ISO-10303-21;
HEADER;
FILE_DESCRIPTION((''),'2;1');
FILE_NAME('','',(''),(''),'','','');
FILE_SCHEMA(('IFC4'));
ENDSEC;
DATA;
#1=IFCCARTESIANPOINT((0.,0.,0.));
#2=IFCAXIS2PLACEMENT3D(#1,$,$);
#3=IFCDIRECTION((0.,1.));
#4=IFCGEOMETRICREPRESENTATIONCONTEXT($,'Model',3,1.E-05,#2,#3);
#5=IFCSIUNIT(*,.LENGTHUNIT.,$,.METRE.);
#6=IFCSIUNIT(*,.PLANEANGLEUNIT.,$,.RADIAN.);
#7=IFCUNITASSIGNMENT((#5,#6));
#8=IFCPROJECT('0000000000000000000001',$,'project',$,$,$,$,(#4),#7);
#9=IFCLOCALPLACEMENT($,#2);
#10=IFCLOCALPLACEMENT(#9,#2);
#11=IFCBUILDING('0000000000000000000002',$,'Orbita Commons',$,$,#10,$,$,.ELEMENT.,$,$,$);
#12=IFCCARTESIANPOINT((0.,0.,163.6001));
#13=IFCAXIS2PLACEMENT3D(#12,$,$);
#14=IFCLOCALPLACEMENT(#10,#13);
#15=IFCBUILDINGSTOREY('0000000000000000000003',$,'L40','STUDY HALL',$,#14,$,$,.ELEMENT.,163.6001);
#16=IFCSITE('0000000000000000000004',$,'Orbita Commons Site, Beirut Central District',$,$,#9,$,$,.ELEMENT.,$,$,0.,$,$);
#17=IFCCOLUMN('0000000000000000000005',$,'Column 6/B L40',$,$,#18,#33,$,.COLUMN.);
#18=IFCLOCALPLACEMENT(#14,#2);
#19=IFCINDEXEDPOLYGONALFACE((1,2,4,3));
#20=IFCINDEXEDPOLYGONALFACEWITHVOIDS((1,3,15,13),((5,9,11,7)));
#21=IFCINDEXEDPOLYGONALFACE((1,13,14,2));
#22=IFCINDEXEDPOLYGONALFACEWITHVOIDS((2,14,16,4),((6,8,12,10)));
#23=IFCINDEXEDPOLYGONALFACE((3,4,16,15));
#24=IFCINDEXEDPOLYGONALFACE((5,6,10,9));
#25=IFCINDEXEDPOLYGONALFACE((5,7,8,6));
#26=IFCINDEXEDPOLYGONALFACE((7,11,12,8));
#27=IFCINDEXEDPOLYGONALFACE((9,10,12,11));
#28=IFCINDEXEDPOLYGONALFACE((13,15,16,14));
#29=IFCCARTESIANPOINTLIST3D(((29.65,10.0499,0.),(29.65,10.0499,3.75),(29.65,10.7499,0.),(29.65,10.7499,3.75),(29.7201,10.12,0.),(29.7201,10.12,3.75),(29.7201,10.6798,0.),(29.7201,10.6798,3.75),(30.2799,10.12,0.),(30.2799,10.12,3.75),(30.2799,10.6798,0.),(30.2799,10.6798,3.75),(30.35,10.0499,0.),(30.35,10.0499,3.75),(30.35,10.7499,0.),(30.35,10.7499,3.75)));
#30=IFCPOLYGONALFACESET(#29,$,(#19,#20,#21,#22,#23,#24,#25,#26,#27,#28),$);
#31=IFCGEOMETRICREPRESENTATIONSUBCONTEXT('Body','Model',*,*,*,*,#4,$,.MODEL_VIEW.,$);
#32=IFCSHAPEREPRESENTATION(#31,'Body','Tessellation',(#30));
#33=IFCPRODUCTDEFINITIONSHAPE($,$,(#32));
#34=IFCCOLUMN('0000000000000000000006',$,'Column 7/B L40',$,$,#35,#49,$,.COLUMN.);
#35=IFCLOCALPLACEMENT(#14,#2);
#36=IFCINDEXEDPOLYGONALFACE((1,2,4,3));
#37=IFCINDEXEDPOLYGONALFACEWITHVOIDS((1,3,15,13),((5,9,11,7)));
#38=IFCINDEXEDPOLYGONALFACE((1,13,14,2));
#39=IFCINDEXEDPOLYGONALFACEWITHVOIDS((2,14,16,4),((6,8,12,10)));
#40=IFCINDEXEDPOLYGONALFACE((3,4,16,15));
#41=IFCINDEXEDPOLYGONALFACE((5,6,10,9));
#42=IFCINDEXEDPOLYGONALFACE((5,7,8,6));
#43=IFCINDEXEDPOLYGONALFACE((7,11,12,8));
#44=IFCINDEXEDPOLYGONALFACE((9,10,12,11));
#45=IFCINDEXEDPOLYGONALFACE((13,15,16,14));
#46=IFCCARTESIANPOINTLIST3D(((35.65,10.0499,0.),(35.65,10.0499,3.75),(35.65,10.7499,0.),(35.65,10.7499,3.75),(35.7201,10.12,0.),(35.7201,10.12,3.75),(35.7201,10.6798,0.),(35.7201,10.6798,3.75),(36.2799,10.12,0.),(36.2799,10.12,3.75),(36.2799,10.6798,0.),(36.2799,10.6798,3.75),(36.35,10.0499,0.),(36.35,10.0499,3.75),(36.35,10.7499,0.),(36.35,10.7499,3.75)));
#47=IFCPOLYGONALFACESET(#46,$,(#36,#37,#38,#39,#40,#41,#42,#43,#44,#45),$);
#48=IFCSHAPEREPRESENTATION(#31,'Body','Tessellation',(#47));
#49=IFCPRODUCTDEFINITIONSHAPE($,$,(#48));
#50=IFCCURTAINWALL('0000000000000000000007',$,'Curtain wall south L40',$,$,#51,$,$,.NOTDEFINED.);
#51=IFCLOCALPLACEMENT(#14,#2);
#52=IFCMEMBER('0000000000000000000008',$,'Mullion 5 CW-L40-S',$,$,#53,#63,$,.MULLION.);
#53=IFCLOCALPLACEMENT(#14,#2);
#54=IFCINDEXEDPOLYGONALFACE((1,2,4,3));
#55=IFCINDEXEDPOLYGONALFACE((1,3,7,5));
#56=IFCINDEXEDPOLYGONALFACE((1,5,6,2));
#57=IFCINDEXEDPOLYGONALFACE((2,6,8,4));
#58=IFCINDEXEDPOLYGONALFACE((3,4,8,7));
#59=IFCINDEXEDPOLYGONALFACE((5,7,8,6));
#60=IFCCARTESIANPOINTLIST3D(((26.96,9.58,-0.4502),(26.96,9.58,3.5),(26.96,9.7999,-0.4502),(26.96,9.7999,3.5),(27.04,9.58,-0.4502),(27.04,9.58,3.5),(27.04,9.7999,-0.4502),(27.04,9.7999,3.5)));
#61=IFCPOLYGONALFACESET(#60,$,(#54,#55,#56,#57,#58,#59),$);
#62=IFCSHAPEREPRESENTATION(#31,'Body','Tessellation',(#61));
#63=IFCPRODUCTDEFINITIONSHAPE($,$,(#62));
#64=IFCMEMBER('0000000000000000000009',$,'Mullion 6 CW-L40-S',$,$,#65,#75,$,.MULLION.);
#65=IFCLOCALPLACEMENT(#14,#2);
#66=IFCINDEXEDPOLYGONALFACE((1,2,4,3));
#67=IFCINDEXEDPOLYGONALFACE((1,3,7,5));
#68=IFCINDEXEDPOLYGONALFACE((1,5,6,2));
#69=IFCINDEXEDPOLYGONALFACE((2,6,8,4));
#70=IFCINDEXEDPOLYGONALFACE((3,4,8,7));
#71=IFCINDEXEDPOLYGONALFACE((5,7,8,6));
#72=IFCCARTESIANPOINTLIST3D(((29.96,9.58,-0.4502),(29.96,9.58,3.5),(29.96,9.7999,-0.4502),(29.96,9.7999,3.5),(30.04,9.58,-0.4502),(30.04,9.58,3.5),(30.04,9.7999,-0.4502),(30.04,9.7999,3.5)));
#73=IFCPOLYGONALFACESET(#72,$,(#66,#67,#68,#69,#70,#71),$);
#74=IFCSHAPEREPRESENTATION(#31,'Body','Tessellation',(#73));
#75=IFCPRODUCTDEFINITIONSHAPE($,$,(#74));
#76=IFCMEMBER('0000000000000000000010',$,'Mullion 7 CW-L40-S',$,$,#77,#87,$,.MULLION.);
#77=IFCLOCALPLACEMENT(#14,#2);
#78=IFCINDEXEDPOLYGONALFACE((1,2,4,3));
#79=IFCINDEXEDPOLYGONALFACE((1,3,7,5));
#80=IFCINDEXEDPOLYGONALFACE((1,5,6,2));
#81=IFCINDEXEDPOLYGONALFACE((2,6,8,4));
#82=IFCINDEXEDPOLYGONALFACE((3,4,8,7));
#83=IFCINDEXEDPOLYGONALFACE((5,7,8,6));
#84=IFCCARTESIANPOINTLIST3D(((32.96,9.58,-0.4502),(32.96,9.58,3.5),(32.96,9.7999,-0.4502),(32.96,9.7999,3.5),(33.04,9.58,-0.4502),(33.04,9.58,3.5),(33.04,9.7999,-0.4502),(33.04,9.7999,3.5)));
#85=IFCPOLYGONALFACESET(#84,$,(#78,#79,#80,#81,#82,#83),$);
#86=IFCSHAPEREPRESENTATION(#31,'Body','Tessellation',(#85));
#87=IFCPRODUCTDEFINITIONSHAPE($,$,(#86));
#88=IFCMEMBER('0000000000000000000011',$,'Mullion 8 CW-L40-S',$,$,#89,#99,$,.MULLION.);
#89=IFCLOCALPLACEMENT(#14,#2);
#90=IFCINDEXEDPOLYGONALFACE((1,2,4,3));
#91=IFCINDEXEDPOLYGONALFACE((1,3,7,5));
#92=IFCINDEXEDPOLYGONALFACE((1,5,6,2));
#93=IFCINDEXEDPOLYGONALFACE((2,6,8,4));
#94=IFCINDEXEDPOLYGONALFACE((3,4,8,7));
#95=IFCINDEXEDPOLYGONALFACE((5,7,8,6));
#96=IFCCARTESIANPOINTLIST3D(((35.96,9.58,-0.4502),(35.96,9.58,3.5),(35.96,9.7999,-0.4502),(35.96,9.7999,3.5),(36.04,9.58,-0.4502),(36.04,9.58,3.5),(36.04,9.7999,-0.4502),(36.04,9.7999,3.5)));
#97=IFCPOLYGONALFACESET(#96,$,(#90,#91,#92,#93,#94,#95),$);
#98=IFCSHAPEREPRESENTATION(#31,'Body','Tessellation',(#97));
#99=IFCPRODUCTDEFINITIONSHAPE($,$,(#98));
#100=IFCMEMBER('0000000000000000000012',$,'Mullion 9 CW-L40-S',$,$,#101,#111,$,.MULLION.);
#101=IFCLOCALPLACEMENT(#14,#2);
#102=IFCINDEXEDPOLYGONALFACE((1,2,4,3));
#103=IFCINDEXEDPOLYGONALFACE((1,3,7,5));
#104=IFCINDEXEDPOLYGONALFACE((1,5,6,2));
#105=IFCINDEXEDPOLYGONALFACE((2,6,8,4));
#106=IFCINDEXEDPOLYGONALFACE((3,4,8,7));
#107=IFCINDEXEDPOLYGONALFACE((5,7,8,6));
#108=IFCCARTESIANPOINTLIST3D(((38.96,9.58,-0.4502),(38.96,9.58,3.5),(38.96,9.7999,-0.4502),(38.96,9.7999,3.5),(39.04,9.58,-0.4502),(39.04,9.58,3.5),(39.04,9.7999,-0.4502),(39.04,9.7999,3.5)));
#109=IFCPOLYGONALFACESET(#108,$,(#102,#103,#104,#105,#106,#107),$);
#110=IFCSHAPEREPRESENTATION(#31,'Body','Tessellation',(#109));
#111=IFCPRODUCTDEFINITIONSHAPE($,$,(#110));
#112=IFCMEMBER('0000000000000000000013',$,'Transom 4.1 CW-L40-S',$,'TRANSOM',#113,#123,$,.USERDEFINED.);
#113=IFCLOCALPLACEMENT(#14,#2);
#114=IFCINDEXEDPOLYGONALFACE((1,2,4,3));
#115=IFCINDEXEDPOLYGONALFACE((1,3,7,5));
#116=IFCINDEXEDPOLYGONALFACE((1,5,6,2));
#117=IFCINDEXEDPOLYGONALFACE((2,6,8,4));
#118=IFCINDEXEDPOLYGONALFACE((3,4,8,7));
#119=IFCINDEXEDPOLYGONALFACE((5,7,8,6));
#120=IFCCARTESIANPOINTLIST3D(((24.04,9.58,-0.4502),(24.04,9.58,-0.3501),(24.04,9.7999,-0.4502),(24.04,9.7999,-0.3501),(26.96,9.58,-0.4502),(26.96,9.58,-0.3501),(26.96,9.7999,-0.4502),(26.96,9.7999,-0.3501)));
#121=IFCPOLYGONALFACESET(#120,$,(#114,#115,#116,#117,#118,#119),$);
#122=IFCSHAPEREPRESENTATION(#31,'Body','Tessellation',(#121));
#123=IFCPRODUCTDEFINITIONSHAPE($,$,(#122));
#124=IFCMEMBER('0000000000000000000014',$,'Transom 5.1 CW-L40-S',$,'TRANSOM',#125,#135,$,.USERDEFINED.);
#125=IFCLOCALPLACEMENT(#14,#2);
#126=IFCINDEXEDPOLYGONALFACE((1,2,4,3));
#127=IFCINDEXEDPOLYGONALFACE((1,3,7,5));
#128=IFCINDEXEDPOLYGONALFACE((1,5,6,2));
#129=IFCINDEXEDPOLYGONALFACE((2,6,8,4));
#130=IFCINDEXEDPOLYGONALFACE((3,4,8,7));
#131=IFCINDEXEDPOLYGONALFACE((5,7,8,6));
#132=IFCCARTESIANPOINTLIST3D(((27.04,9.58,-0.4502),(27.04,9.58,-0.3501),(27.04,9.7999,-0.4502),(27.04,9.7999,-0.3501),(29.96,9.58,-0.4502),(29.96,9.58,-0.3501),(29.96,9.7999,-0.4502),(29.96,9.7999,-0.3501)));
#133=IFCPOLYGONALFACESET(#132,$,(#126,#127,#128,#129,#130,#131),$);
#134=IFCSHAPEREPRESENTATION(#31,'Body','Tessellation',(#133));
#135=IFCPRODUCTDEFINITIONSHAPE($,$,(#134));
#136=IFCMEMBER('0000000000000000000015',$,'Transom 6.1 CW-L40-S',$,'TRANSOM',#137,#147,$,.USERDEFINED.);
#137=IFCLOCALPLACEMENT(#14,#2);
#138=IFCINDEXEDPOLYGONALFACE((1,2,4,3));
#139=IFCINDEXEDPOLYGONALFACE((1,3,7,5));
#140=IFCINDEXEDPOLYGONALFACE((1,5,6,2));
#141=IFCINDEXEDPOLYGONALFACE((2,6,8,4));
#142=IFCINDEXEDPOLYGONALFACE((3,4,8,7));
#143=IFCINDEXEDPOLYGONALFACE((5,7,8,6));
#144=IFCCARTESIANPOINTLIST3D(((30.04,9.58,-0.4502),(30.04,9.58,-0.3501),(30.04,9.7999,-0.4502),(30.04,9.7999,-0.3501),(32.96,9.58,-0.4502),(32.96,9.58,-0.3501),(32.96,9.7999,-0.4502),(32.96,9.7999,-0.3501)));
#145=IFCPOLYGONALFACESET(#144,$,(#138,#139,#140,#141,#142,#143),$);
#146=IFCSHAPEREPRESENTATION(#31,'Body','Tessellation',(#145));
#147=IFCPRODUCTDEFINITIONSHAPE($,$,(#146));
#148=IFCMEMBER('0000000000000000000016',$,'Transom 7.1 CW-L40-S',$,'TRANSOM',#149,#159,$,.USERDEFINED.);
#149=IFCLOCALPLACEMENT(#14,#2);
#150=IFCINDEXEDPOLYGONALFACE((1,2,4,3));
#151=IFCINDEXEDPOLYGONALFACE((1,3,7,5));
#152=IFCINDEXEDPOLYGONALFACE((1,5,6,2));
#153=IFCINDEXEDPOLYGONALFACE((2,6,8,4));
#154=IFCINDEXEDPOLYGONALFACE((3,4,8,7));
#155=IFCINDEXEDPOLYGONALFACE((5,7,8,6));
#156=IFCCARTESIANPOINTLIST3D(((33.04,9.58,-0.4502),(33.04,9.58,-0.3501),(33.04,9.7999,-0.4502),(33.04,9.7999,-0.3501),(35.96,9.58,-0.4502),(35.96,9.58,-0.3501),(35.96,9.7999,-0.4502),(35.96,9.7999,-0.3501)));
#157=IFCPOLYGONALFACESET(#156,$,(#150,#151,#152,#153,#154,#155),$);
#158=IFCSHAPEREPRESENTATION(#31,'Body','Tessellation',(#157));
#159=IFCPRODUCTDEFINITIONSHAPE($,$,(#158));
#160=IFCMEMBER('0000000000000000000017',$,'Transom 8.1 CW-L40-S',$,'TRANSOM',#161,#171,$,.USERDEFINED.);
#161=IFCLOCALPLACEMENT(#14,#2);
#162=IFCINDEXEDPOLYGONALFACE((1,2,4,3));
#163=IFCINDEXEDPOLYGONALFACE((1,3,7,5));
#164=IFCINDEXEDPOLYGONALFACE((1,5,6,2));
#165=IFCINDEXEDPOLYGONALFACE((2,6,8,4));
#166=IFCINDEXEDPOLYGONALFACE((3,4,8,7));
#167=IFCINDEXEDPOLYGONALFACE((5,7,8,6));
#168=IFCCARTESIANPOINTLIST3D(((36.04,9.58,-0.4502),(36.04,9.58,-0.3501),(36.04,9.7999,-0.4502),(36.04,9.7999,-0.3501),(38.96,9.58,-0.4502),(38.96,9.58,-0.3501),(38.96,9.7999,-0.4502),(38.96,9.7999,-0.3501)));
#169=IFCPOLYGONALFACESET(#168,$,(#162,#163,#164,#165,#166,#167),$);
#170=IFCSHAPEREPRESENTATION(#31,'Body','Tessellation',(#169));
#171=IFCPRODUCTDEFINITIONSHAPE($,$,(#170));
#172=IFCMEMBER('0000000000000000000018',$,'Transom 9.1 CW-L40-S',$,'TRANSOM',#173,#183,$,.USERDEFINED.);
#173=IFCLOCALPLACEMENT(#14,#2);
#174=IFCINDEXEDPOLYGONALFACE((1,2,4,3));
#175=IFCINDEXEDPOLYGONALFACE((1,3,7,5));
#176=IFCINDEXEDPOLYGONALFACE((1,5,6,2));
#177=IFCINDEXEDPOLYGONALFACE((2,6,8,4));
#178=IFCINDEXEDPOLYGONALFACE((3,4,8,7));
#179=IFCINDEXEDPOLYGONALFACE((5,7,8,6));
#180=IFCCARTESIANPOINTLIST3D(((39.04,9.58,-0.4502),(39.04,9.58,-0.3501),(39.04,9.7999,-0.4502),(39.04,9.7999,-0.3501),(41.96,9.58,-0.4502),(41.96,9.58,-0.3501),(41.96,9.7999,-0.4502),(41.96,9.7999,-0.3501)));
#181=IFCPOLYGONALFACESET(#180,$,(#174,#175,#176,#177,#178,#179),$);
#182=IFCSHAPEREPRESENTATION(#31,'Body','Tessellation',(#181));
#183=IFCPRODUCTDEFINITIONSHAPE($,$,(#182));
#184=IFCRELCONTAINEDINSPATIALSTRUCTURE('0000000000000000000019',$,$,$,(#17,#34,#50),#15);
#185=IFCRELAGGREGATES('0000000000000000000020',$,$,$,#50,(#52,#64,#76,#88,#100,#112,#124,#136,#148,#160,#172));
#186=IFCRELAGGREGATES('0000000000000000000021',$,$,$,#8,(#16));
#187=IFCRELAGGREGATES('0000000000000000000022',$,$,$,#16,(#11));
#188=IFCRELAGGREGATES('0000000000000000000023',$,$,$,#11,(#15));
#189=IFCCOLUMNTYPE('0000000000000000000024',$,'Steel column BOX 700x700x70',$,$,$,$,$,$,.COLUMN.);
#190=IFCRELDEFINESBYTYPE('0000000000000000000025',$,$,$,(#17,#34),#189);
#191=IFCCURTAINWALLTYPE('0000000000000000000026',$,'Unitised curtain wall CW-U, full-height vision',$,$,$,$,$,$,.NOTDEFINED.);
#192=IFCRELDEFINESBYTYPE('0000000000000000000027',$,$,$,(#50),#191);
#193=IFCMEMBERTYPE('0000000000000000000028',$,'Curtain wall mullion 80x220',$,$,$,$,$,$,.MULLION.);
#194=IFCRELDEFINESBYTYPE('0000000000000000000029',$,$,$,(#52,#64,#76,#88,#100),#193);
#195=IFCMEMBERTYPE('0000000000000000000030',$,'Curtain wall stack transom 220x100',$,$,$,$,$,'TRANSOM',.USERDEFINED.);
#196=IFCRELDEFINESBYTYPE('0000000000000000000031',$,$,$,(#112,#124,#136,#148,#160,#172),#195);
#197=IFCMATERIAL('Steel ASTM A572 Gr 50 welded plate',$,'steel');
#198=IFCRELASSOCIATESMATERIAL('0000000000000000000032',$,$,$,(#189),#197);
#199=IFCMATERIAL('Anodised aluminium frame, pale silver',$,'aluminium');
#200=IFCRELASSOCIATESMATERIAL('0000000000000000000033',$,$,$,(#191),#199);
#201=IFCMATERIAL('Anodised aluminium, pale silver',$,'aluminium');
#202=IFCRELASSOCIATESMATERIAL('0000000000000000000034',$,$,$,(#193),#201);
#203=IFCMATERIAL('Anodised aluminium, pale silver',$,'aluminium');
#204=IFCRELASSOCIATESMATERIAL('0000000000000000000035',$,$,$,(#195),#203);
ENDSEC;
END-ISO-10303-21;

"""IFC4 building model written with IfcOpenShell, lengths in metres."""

from ifc_helpers import new_model, si_unit, direction, frame, origin, origin_2d, place, context, subcontext, project, spatial, rectangle, hollow_rectangle, extrude, material, material_profile, profile_set, type_object, element, aggregate, save


model = new_model("IFC4")

# Units and contexts
model_context = context("Model", 3, precision=1e-05, world=origin(), true_north=direction((0.0, 1.0)))
body_context = subcontext(model_context, "Body", "Model", "MODEL_VIEW")
ifc_project = project(units=[si_unit("LENGTHUNIT", "METRE"), si_unit("PLANEANGLEUNIT", "RADIAN")], contexts=[model_context])

# Site, building, storey
site_placement = place(None, origin())
site = spatial("IfcSite", under=ifc_project, at=site_placement, Name="Orbita Commons Site, Beirut Central District", CompositionType="ELEMENT", RefElevation=0.0)
building_placement = place(site_placement, origin())
building = spatial("IfcBuilding", under=site, at=building_placement, Name="Orbita Commons", CompositionType="ELEMENT")
storey_placement = place(building_placement, frame((0.0, 0.0, 163.6001)))
storey = spatial("IfcBuildingStorey", under=building, at=storey_placement, Name="L40", Description="STUDY HALL", CompositionType="ELEMENT", Elevation=163.6001)

# Columns
ifc_material_1 = material(Name="Steel ASTM A572 Gr 50 welded plate", Category="steel")
ifc_material_profile_1 = material_profile(ifc_material_1, hollow_rectangle(XDim=0.7, YDim=0.7, WallThickness=0.0701, at=origin_2d()), Name="BOX 700x700x70")
ifc_profile_set_1 = profile_set([ifc_material_profile_1], Name="Steel ASTM A572 Gr 50 welded plate")
column_type = type_object("IfcColumnType", Name="Steel column BOX 700x700x70", PredefinedType="COLUMN", material=ifc_profile_set_1)
for number, where, z_axis, x_axis, name in (
    (1, (30.0, 10.3999, 0.0), (0.0, 0.0, 1.0), (1.0, 0.0, 0.0), "Column 6/B L40"),
    (2, (36.0, 10.3999, 0.0), (0.0, 0.0, 1.0), (1.0, 0.0, 0.0), "Column 7/B L40"),
):
    element("IfcColumn", number, at=place(storey_placement, frame(where, z_axis=z_axis, x_axis=x_axis)), inside=storey, type_object=column_type, Name=name, PredefinedType="COLUMN", context=body_context, shape_type="SweptSolid", body=[
        extrude(hollow_rectangle(XDim=0.7, YDim=0.7, WallThickness=0.0701, at=origin_2d()), origin(), (0.0, 0.0, 1.0), 3.75),
    ])

# Curtain wall, members
ifc_material_2 = material(Name="Anodised aluminium frame, pale silver", Category="aluminium")
curtain_wall_type = type_object("IfcCurtainWallType", Name="Unitised curtain wall CW-U, full-height vision", PredefinedType="NOTDEFINED", material=ifc_material_2)
curtain_wall_placement = place(storey_placement, origin())
curtain_wall = element("IfcCurtainWall", 3, at=curtain_wall_placement, inside=storey, type_object=curtain_wall_type, Name="Curtain wall south L40", PredefinedType="NOTDEFINED")
ifc_material_3 = material(Name="Anodised aluminium, pale silver", Category="aluminium")
ifc_material_profile_2 = material_profile(ifc_material_3, rectangle(XDim=0.0801, YDim=0.22, at=origin_2d()), Name="AL 80x220")
ifc_profile_set_2 = profile_set([ifc_material_profile_2], Name="Anodised aluminium, pale silver")
member_type_1 = type_object("IfcMemberType", Name="Curtain wall mullion 80x220", PredefinedType="MULLION", material=ifc_profile_set_2)
member_1_placement = place(storey_placement, frame((27.0, 9.6899, -0.4502), z_axis=(0.0, 0.0, 1.0), x_axis=(1.0, 0.0, 0.0)))
member_1 = element("IfcMember", 4, at=member_1_placement, type_object=member_type_1, Name="Mullion 5 CW-L40-S", PredefinedType="MULLION", context=body_context, shape_type="SweptSolid", body=[
    extrude(rectangle(XDim=0.0801, YDim=0.22, at=origin_2d()), origin(), (0.0, 0.0, 1.0), 3.9502),
])
member_2_placement = place(storey_placement, frame((30.0, 9.6899, -0.4502), z_axis=(0.0, 0.0, 1.0), x_axis=(1.0, 0.0, 0.0)))
member_2 = element("IfcMember", 5, at=member_2_placement, type_object=member_type_1, Name="Mullion 6 CW-L40-S", PredefinedType="MULLION", context=body_context, shape_type="SweptSolid", body=[
    extrude(rectangle(XDim=0.0801, YDim=0.22, at=origin_2d()), origin(), (0.0, 0.0, 1.0), 3.9502),
])
member_3_placement = place(storey_placement, frame((33.0, 9.6899, -0.4502), z_axis=(0.0, 0.0, 1.0), x_axis=(1.0, 0.0, 0.0)))
member_3 = element("IfcMember", 6, at=member_3_placement, type_object=member_type_1, Name="Mullion 7 CW-L40-S", PredefinedType="MULLION", context=body_context, shape_type="SweptSolid", body=[
    extrude(rectangle(XDim=0.0801, YDim=0.22, at=origin_2d()), origin(), (0.0, 0.0, 1.0), 3.9502),
])
member_4_placement = place(storey_placement, frame((36.0, 9.6899, -0.4502), z_axis=(0.0, 0.0, 1.0), x_axis=(1.0, 0.0, 0.0)))
member_4 = element("IfcMember", 7, at=member_4_placement, type_object=member_type_1, Name="Mullion 8 CW-L40-S", PredefinedType="MULLION", context=body_context, shape_type="SweptSolid", body=[
    extrude(rectangle(XDim=0.0801, YDim=0.22, at=origin_2d()), origin(), (0.0, 0.0, 1.0), 3.9502),
])
member_5_placement = place(storey_placement, frame((39.0, 9.6899, -0.4502), z_axis=(0.0, 0.0, 1.0), x_axis=(1.0, 0.0, 0.0)))
member_5 = element("IfcMember", 8, at=member_5_placement, type_object=member_type_1, Name="Mullion 9 CW-L40-S", PredefinedType="MULLION", context=body_context, shape_type="SweptSolid", body=[
    extrude(rectangle(XDim=0.0801, YDim=0.22, at=origin_2d()), origin(), (0.0, 0.0, 1.0), 3.9502),
])
ifc_material_4 = material(Name="Anodised aluminium, pale silver", Category="aluminium")
ifc_material_profile_3 = material_profile(ifc_material_4, rectangle(XDim=0.22, YDim=0.1001, at=origin_2d()), Name="AL 220x100")
ifc_profile_set_3 = profile_set([ifc_material_profile_3], Name="Anodised aluminium, pale silver")
member_type_2 = type_object("IfcMemberType", Name="Curtain wall stack transom 220x100", ElementType="TRANSOM", PredefinedType="USERDEFINED", material=ifc_profile_set_3)
member_6_placement = place(storey_placement, frame((24.04, 9.6899, -0.4001), z_axis=(1.0, 0.0, 0.0), x_axis=(0.0, 1.0, 0.0)))
member_6 = element("IfcMember", 9, at=member_6_placement, type_object=member_type_2, Name="Transom 4.1 CW-L40-S", ObjectType="TRANSOM", PredefinedType="USERDEFINED", context=body_context, shape_type="SweptSolid", body=[
    extrude(rectangle(XDim=0.22, YDim=0.1001, at=origin_2d()), origin(), (0.0, 0.0, 1.0), 2.9199),
])
member_7_placement = place(storey_placement, frame((27.04, 9.6899, -0.4001), z_axis=(1.0, 0.0, 0.0), x_axis=(0.0, 1.0, 0.0)))
member_7 = element("IfcMember", 10, at=member_7_placement, type_object=member_type_2, Name="Transom 5.1 CW-L40-S", ObjectType="TRANSOM", PredefinedType="USERDEFINED", context=body_context, shape_type="SweptSolid", body=[
    extrude(rectangle(XDim=0.22, YDim=0.1001, at=origin_2d()), origin(), (0.0, 0.0, 1.0), 2.9199),
])
member_8_placement = place(storey_placement, frame((30.04, 9.6899, -0.4001), z_axis=(1.0, 0.0, 0.0), x_axis=(0.0, 1.0, 0.0)))
member_8 = element("IfcMember", 11, at=member_8_placement, type_object=member_type_2, Name="Transom 6.1 CW-L40-S", ObjectType="TRANSOM", PredefinedType="USERDEFINED", context=body_context, shape_type="SweptSolid", body=[
    extrude(rectangle(XDim=0.22, YDim=0.1001, at=origin_2d()), origin(), (0.0, 0.0, 1.0), 2.9199),
])
member_9_placement = place(storey_placement, frame((33.04, 9.6899, -0.4001), z_axis=(1.0, 0.0, 0.0), x_axis=(0.0, 1.0, 0.0)))
member_9 = element("IfcMember", 12, at=member_9_placement, type_object=member_type_2, Name="Transom 7.1 CW-L40-S", ObjectType="TRANSOM", PredefinedType="USERDEFINED", context=body_context, shape_type="SweptSolid", body=[
    extrude(rectangle(XDim=0.22, YDim=0.1001, at=origin_2d()), origin(), (0.0, 0.0, 1.0), 2.9199),
])
member_10_placement = place(storey_placement, frame((36.04, 9.6899, -0.4001), z_axis=(1.0, 0.0, 0.0), x_axis=(0.0, 1.0, 0.0)))
member_10 = element("IfcMember", 13, at=member_10_placement, type_object=member_type_2, Name="Transom 8.1 CW-L40-S", ObjectType="TRANSOM", PredefinedType="USERDEFINED", context=body_context, shape_type="SweptSolid", body=[
    extrude(rectangle(XDim=0.22, YDim=0.1001, at=origin_2d()), origin(), (0.0, 0.0, 1.0), 2.9199),
])
member_11_placement = place(storey_placement, frame((39.04, 9.6899, -0.4001), z_axis=(1.0, 0.0, 0.0), x_axis=(0.0, 1.0, 0.0)))
member_11 = element("IfcMember", 14, at=member_11_placement, type_object=member_type_2, Name="Transom 9.1 CW-L40-S", ObjectType="TRANSOM", PredefinedType="USERDEFINED", context=body_context, shape_type="SweptSolid", body=[
    extrude(rectangle(XDim=0.22, YDim=0.1001, at=origin_2d()), origin(), (0.0, 0.0, 1.0), 2.9199),
])

aggregate(curtain_wall, [member_1, member_2, member_3, member_4, member_5, member_6, member_7, member_8, member_9, member_10, member_11])

save(model, "model.ifc")
